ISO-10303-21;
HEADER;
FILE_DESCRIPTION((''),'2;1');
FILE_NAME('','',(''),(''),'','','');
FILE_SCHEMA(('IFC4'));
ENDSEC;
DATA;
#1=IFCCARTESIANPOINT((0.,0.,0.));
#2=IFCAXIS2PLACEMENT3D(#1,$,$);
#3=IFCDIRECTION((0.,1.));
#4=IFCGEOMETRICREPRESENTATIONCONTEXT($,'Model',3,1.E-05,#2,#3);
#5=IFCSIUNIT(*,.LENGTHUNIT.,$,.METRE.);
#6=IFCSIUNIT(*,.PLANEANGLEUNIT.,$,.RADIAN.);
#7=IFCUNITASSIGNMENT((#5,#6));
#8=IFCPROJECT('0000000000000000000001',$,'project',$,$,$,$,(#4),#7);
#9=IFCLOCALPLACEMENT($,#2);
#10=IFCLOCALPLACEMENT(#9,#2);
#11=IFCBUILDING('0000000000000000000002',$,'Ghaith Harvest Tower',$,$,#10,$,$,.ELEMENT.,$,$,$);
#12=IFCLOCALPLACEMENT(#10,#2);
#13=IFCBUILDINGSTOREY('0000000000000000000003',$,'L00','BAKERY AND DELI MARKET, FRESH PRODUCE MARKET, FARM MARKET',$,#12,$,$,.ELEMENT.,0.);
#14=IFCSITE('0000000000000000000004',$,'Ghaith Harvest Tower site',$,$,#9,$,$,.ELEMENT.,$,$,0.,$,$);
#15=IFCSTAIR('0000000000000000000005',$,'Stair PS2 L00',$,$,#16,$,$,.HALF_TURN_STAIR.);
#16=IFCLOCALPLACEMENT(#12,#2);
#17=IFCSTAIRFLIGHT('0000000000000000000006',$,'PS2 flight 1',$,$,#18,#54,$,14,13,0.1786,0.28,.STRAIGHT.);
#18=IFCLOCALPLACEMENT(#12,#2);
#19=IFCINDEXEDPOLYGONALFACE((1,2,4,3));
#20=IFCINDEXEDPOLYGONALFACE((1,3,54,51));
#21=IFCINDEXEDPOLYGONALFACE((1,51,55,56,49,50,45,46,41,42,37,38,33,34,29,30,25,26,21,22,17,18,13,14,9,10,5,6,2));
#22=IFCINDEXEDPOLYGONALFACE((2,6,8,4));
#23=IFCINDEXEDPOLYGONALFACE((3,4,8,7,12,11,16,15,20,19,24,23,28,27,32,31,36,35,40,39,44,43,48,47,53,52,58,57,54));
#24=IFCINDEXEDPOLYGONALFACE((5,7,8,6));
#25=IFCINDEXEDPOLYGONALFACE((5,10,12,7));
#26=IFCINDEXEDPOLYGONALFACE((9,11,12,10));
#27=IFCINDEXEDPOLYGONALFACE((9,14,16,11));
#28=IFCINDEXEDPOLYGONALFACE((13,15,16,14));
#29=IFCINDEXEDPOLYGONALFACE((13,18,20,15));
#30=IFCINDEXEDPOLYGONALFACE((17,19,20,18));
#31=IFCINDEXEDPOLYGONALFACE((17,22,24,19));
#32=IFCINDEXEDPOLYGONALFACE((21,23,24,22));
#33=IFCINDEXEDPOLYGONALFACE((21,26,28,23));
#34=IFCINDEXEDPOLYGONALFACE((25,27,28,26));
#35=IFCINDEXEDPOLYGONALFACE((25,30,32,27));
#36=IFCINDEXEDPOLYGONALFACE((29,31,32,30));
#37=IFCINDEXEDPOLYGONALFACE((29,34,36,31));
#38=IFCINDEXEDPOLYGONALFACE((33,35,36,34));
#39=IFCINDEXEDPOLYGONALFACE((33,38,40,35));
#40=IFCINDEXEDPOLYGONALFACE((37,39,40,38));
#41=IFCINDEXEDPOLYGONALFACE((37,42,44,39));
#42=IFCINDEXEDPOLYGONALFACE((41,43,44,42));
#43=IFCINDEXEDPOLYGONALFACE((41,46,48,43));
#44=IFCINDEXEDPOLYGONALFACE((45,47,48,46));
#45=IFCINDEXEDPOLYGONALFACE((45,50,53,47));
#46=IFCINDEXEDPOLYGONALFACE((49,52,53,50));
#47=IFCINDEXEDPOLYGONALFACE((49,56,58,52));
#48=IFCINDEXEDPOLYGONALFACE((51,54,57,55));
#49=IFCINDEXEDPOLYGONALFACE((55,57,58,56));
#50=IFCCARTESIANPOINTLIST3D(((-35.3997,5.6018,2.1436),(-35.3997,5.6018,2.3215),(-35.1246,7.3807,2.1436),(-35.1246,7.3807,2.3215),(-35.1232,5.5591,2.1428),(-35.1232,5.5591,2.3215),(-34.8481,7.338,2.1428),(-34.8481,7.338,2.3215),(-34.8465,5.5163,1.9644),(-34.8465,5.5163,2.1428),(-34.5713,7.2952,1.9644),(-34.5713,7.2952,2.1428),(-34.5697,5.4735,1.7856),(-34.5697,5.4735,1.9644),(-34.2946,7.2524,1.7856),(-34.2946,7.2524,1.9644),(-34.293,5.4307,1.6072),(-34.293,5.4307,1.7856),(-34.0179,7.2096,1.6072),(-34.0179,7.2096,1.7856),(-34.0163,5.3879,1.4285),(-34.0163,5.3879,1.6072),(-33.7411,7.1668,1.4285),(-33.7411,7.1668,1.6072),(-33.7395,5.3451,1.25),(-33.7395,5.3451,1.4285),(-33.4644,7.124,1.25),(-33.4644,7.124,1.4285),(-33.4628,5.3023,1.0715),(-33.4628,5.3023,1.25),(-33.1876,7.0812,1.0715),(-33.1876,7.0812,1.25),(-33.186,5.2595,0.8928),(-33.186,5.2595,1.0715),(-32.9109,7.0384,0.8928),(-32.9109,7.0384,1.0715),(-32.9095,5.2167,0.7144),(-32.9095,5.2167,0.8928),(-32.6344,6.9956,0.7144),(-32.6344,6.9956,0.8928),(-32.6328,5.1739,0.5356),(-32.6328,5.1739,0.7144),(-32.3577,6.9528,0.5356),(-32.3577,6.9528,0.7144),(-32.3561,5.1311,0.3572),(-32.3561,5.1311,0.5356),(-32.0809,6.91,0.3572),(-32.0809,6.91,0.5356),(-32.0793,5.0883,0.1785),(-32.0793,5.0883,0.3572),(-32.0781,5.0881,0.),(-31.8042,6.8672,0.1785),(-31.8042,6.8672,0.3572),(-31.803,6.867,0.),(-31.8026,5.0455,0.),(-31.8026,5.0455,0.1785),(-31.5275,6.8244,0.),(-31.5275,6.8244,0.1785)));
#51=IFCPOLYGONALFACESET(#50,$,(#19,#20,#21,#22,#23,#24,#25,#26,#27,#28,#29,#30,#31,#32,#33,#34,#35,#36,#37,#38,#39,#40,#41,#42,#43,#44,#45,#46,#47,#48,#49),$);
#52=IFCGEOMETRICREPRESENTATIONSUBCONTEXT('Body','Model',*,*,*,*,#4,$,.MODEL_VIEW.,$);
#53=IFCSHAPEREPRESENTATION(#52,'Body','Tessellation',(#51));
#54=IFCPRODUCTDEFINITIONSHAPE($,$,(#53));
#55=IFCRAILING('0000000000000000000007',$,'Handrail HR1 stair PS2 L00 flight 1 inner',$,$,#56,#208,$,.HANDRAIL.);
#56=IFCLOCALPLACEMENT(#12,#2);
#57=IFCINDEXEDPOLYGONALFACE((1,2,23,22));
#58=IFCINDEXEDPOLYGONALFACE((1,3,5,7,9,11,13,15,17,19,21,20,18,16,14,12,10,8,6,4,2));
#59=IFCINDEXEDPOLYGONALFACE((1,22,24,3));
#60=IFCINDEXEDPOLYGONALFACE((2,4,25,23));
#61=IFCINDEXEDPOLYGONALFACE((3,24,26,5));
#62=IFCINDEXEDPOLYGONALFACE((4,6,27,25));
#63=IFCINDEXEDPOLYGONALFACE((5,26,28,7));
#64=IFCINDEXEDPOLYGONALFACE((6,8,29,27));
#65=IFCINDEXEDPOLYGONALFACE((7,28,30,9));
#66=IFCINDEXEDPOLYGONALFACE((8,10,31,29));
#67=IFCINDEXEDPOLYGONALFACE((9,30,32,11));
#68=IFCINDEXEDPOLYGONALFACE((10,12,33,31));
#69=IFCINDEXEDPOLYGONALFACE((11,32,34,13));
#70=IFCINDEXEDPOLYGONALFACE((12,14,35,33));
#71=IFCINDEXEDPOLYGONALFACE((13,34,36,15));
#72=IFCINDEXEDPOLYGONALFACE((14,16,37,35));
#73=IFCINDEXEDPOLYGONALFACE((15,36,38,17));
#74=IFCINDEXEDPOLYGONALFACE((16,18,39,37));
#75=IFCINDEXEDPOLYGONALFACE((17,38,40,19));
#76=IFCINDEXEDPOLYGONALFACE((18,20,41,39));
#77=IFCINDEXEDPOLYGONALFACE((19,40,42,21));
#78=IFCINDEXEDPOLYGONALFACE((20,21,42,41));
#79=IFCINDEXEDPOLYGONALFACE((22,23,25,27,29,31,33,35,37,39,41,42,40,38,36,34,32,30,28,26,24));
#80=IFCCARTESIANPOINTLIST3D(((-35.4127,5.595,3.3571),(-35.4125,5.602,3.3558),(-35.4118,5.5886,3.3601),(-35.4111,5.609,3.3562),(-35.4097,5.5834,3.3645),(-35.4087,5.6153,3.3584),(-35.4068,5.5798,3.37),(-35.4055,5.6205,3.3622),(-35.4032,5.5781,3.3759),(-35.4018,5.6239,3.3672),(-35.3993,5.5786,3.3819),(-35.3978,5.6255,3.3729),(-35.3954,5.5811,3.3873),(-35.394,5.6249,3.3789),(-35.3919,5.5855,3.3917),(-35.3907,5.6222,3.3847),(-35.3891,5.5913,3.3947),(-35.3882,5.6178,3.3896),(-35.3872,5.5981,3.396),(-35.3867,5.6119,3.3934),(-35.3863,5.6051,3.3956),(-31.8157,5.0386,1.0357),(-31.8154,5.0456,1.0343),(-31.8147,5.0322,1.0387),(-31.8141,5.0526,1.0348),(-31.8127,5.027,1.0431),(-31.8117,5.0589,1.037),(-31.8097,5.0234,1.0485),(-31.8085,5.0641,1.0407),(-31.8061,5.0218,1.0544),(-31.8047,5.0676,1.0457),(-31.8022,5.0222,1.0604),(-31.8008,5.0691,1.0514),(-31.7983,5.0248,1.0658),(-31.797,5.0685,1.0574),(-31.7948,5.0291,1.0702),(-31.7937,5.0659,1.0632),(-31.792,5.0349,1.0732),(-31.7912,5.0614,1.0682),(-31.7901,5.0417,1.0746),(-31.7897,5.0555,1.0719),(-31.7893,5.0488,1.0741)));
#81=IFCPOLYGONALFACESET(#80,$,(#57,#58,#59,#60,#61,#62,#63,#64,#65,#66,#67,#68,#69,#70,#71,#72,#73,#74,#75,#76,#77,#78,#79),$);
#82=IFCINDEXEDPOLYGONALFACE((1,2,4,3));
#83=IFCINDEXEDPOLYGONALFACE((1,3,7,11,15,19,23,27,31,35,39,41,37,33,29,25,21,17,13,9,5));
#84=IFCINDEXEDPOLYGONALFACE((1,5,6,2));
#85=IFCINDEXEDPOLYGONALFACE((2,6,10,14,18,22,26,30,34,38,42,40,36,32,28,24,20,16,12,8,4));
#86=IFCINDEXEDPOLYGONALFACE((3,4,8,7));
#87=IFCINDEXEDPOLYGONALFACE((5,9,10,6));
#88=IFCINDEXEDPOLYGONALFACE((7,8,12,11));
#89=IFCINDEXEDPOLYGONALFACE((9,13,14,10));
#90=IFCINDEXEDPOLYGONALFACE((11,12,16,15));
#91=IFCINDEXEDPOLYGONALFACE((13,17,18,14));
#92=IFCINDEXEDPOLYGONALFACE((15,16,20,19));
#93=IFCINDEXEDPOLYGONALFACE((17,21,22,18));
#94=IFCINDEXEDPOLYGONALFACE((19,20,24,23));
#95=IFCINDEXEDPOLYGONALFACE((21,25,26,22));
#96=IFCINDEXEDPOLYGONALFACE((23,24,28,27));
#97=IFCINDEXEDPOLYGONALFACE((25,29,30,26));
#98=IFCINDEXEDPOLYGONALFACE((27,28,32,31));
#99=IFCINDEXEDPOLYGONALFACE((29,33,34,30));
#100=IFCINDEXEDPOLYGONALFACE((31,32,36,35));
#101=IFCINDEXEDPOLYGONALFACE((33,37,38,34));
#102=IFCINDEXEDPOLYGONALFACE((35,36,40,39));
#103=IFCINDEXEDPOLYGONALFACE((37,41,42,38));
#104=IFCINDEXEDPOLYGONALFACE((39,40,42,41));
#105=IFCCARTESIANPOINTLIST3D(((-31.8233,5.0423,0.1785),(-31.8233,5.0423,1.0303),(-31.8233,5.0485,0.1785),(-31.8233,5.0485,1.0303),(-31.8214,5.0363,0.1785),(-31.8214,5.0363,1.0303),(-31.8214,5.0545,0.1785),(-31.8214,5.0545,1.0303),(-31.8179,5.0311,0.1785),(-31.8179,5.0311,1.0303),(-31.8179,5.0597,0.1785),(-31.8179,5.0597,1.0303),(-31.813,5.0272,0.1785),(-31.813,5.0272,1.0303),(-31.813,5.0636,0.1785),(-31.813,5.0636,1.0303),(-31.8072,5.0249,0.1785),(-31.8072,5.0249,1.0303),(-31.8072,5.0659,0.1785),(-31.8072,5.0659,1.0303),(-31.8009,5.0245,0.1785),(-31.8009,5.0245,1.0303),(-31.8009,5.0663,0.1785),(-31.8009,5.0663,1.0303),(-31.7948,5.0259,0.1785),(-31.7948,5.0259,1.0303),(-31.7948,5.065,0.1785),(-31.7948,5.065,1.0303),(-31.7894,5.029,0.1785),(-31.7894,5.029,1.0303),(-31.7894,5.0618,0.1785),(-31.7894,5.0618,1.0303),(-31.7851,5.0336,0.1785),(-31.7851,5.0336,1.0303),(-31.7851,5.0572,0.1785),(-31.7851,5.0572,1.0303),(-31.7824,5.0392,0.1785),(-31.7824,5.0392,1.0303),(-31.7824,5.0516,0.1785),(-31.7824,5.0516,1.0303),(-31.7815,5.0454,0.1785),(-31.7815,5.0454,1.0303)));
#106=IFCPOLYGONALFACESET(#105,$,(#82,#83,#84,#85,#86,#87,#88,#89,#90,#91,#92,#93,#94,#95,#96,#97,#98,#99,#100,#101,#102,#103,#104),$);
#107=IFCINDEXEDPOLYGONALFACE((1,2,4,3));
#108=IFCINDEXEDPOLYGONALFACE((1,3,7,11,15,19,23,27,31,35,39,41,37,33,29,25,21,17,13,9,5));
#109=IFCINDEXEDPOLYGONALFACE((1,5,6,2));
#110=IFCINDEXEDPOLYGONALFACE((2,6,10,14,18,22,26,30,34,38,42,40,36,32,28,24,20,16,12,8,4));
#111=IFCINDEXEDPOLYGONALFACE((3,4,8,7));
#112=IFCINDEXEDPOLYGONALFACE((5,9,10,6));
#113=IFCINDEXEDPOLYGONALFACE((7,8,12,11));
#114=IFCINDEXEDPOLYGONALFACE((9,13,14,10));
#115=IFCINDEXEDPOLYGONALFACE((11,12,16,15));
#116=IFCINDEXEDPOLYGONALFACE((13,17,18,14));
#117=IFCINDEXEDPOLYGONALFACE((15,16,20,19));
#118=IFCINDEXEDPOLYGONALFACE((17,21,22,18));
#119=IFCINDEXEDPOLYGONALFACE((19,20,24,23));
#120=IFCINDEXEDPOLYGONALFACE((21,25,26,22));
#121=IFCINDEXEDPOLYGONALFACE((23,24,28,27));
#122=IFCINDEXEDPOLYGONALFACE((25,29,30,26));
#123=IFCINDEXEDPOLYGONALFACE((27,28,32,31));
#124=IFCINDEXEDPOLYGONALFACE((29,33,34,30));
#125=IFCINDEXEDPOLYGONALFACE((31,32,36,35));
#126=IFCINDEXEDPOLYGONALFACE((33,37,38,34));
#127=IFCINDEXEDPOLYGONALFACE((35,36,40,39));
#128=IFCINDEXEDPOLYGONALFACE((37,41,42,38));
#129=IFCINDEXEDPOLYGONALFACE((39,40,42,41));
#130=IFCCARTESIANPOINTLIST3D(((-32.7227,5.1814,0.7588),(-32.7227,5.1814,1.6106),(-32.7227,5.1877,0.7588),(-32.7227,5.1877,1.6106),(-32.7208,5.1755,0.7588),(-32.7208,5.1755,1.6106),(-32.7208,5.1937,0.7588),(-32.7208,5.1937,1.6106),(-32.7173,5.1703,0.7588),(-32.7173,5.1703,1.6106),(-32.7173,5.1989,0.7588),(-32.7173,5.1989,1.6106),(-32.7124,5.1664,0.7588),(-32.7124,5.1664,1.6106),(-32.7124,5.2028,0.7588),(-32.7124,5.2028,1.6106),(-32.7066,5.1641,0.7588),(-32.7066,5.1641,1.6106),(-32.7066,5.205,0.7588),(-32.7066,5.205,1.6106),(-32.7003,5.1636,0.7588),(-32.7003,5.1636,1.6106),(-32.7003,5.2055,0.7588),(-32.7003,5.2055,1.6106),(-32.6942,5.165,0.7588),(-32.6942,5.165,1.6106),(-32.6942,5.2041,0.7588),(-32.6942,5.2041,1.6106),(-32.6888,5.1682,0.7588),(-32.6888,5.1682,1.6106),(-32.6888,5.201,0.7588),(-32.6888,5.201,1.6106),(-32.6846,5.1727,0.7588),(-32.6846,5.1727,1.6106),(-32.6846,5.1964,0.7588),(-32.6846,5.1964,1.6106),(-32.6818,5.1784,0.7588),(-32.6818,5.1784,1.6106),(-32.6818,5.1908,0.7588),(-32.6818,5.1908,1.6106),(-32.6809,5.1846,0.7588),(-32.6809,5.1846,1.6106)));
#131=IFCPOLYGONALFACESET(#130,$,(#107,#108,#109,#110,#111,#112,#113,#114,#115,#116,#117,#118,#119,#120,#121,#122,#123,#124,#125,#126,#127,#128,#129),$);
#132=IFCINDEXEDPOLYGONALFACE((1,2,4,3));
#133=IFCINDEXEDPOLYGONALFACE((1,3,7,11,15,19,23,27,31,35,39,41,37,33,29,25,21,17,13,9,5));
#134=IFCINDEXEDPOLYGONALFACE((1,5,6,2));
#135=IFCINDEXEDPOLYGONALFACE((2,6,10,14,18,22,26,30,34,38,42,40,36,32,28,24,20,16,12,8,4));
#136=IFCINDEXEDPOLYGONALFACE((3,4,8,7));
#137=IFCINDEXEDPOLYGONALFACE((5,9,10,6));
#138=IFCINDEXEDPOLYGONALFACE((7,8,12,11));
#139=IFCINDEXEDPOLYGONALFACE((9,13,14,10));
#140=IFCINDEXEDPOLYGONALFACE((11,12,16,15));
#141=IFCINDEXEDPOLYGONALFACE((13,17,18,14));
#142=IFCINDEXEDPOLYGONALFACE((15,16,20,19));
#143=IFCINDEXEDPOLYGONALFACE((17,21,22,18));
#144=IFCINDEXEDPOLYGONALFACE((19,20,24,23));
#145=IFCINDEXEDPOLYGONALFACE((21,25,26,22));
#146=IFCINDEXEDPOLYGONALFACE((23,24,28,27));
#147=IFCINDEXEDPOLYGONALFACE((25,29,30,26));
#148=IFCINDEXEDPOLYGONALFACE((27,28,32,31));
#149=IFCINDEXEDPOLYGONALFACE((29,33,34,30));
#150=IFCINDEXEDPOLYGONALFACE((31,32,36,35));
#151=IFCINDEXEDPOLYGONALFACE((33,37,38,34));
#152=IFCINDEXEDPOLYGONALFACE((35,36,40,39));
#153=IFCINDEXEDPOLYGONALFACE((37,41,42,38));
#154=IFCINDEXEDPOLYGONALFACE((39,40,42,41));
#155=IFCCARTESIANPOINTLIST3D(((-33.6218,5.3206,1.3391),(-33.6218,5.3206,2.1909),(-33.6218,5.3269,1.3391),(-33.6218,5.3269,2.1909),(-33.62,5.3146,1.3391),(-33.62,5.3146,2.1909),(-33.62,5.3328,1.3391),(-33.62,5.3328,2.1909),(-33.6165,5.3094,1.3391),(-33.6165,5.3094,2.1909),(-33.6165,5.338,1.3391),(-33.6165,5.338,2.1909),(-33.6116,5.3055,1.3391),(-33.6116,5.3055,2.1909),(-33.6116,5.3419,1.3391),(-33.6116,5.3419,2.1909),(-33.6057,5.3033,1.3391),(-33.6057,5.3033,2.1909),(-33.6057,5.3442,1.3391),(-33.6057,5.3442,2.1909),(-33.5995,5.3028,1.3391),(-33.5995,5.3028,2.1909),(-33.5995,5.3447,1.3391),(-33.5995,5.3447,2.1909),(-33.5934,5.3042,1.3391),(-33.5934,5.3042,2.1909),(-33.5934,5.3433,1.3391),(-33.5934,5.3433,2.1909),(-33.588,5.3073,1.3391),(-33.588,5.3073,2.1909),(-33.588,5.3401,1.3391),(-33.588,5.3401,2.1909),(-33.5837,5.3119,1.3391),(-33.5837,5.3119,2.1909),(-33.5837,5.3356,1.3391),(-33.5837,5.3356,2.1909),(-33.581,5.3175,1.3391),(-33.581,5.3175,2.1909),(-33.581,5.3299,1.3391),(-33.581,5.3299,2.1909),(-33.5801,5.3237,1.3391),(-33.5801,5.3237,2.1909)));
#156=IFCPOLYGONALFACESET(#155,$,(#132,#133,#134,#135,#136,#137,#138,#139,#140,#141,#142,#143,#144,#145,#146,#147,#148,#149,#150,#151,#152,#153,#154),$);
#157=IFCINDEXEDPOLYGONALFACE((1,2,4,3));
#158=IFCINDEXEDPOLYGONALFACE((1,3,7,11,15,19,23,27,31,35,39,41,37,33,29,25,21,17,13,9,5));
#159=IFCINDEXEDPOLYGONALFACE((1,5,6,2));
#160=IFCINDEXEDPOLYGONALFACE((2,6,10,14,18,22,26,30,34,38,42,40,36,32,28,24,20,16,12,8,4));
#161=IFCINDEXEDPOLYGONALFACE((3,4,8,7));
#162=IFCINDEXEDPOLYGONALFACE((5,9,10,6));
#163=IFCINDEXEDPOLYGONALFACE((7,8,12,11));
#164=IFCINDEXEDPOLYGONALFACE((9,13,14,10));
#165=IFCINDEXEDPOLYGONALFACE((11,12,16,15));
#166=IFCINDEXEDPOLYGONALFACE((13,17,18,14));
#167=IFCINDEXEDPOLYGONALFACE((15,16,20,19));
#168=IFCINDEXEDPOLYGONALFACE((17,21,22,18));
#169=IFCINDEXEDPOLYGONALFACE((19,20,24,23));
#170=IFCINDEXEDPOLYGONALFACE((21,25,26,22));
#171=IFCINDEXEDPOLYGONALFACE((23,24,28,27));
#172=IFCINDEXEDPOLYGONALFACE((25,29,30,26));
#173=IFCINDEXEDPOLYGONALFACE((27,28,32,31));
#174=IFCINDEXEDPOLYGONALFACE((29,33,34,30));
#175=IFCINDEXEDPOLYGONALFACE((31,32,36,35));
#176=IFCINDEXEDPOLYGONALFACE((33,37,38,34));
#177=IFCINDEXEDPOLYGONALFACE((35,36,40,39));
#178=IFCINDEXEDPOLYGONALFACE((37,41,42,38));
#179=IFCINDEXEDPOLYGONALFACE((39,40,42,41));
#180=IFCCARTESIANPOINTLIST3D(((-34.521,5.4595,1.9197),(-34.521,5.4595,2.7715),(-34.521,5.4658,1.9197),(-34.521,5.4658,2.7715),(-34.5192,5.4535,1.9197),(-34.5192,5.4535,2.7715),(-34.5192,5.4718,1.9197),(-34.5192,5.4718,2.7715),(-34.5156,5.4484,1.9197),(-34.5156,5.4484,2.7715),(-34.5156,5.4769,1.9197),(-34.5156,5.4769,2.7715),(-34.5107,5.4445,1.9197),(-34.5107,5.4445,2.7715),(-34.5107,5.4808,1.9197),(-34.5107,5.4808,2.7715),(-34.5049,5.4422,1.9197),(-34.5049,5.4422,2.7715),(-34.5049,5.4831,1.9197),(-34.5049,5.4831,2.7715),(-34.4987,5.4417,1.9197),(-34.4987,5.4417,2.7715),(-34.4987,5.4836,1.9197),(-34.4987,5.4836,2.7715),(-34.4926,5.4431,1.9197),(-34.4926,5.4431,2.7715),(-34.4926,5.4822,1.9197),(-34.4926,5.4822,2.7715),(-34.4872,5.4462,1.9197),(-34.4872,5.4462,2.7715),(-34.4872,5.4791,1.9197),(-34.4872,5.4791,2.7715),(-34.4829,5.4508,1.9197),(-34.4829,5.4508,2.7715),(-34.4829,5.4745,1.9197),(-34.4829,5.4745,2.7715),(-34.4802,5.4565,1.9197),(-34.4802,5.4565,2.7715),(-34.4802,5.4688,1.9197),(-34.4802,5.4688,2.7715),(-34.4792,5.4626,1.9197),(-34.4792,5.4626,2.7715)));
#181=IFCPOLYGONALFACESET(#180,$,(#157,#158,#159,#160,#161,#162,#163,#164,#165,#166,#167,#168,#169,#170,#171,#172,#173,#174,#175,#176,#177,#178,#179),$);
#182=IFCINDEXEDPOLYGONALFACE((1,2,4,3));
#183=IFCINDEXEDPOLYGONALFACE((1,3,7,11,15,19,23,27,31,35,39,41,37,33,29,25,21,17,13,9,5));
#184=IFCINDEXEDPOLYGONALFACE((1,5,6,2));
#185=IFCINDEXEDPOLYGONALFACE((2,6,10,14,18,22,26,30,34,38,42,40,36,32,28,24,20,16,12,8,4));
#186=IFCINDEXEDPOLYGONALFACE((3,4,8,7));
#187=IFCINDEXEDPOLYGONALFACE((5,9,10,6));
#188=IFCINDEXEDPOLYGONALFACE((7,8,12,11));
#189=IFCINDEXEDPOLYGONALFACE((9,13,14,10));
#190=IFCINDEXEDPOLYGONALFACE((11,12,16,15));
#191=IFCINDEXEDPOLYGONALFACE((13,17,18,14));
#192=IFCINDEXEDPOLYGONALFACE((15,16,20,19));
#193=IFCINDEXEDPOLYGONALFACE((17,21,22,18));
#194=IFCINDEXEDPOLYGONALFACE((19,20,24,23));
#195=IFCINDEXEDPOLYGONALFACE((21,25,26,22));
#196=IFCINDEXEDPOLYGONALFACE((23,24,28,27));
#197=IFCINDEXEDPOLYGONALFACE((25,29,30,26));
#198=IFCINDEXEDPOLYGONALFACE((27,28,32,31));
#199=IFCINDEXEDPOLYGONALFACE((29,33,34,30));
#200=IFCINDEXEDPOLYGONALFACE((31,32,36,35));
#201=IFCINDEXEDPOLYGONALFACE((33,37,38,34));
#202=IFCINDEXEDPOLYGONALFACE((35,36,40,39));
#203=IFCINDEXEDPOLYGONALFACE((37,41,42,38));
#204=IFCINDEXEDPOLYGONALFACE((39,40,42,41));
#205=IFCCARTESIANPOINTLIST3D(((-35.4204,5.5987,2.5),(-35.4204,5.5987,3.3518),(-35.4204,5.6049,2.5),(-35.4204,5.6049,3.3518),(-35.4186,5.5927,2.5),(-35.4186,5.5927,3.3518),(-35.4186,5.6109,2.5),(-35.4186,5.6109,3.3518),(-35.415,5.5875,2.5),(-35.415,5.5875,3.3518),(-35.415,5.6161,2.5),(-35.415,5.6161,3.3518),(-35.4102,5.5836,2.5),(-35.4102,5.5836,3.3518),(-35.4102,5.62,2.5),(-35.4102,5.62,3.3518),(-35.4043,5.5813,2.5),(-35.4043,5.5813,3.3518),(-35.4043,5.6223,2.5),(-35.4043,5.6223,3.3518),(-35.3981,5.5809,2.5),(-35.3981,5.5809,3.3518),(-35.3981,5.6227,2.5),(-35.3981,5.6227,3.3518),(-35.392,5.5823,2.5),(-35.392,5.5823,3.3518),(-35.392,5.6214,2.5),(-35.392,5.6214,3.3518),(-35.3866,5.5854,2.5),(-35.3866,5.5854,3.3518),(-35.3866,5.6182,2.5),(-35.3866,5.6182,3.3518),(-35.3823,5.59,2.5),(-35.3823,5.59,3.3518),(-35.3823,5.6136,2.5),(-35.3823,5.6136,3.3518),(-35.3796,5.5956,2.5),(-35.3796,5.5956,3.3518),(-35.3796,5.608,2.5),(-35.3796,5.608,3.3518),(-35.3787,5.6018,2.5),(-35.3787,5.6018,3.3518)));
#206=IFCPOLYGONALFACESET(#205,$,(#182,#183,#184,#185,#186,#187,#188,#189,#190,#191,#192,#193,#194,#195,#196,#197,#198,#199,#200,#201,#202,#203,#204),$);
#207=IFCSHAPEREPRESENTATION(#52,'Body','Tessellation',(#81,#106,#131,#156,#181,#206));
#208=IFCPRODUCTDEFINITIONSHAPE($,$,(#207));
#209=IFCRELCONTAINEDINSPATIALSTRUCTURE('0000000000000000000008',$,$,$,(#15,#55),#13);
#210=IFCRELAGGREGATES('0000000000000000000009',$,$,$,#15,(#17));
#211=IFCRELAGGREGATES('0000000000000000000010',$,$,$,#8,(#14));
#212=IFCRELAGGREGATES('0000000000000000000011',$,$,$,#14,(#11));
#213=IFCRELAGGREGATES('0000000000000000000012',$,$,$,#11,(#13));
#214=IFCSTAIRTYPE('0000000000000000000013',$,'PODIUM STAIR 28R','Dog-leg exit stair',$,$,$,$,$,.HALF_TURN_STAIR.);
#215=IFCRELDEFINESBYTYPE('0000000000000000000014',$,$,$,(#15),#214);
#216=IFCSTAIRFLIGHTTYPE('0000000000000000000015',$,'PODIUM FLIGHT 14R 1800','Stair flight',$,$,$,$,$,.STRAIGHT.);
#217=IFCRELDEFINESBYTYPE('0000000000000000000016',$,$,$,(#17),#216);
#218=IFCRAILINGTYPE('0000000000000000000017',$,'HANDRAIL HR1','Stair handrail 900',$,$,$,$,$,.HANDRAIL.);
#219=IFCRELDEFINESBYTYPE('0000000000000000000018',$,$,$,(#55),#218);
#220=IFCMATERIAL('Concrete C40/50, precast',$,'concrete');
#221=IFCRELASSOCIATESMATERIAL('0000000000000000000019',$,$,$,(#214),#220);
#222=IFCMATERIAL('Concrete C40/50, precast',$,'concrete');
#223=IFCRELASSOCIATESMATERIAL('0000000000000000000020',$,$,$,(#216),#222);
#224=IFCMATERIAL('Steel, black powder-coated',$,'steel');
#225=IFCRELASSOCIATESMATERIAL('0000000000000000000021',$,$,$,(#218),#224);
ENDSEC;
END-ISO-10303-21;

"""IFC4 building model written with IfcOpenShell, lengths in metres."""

from ifc_helpers import new_model, si_unit, direction, frame, origin, origin_2d, place, context, subcontext, project, spatial, polyline, circle, outline, extrude, material, type_object, element, aggregate, save


model = new_model("IFC4")

# Units and contexts
model_context = context("Model", 3, precision=1e-05, world=origin(), true_north=direction((0.0, 1.0)))
body_context = subcontext(model_context, "Body", "Model", "MODEL_VIEW")
ifc_project = project(units=[si_unit("LENGTHUNIT", "METRE"), si_unit("PLANEANGLEUNIT", "RADIAN")], contexts=[model_context])

# Site, building, storey
site_placement = place(None, origin())
site = spatial("IfcSite", under=ifc_project, at=site_placement, Name="Ghaith Harvest Tower site", CompositionType="ELEMENT", RefElevation=0.0)
building_placement = place(site_placement, origin())
building = spatial("IfcBuilding", under=site, at=building_placement, Name="Ghaith Harvest Tower", CompositionType="ELEMENT")
storey_placement = place(building_placement, origin())
storey = spatial("IfcBuildingStorey", under=building, at=storey_placement, Name="L00", Description="BAKERY AND DELI MARKET, FRESH PRODUCE MARKET, FARM MARKET", CompositionType="ELEMENT", Elevation=0.0)

# Stair, stair flight
ifc_material_1 = material(Name="Concrete C40/50, precast", Category="concrete")
stair_type = type_object("IfcStairType", Name="PODIUM STAIR 28R", Description="Dog-leg exit stair", PredefinedType="HALF_TURN_STAIR", material=ifc_material_1)
stair_placement = place(storey_placement, origin())
stair = element("IfcStair", 1, at=stair_placement, inside=storey, type_object=stair_type, Name="Stair PS2 L00", PredefinedType="HALF_TURN_STAIR")
ifc_material_2 = material(Name="Concrete C40/50, precast", Category="concrete")
stair_flight_type = type_object("IfcStairFlightType", Name="PODIUM FLIGHT 14R 1800", Description="Stair flight", PredefinedType="STRAIGHT", material=ifc_material_2)
stair_flight_placement = place(storey_placement, frame((-31.665, 5.9348, 0.0), z_axis=(0.0, 0.0, 1.0), x_axis=(-0.988249, 0.152851, 0.0)))
stair_flight = element("IfcStairFlight", 2, at=stair_flight_placement, type_object=stair_flight_type, Name="PS2 flight 1", NumberOfRisers=14, NumberOfTreads=13, PredefinedType="STRAIGHT", RiserHeight=0.1786, TreadLength=0.28, context=body_context, shape_type="SweptSolid", body=[
    extrude(outline(polyline([(0.0, 0.0), (0.0, 0.1785), (0.28, 0.1785), (0.28, 0.3572), (0.5601, 0.3572), (0.5601, 0.5356), (0.8401, 0.5356), (0.8401, 0.7144), (1.1201, 0.7144), (1.1201, 0.8928), (1.3999, 0.8928), (1.3999, 1.0715), (1.6799, 1.0715), (1.6799, 1.25), (1.96, 1.25), (1.96, 1.4285), (2.24, 1.4285), (2.24, 1.6072), (2.52, 1.6072), (2.52, 1.7856), (2.8, 1.7856), (2.8, 1.9644), (3.0801, 1.9644), (3.0801, 2.1428), (3.3601, 2.1428), (3.3601, 2.3215), (3.6399, 2.3215), (3.6399, 2.5), (3.6399, 2.1436), (0.2788, 0.0), (0.0, 0.0)])), frame((0.0, 0.8999, 0.0), z_axis=(0.0, -1.0, 0.0), x_axis=(1.0, 0.0, 0.0)), (0.0, 0.0, 1.0), 1.8),
])
aggregate(stair, [stair_flight])

# Railing
ifc_material_3 = material(Name="Steel, black powder-coated", Category="steel")
railing_type = type_object("IfcRailingType", Name="HANDRAIL HR1", Description="Stair handrail 900", PredefinedType="HANDRAIL", material=ifc_material_3)
railing_1_placement = place(storey_placement, frame((-31.8025, 5.0454, 0.1785)))
element("IfcRailing", 3, at=railing_1_placement, inside=storey, type_object=railing_type, Name="Handrail HR1 stair PS2 L00 flight 1 inner", PredefinedType="HANDRAIL", context=body_context, shape_type="SweptSolid", body=[
    extrude(circle(Radius=0.0239, at=origin_2d()), frame((0.0, 0.0, 0.876), z_axis=(-0.833207, 0.128877, 0.537733), x_axis=(-0.152859, -0.988248, 0.0)), (0.0, 0.0, 1.0), 4.3171),
    extrude(circle(Radius=0.021, at=origin_2d()), origin(), (0.0, 0.0, 1.0), 0.8518),
    extrude(circle(Radius=0.021, at=origin_2d()), frame((-0.8994, 0.1392, 0.5803)), (0.0, 0.0, 1.0), 0.8518),
    extrude(circle(Radius=0.021, at=origin_2d()), frame((-1.7986, 0.2783, 1.1606)), (0.0, 0.0, 1.0), 0.8518),
    extrude(circle(Radius=0.021, at=origin_2d()), frame((-2.6978, 0.4172, 1.7412)), (0.0, 0.0, 1.0), 0.8518),
    extrude(circle(Radius=0.021, at=origin_2d()), frame((-3.5972, 0.5564, 2.3215)), (0.0, 0.0, 1.0), 0.8518),
])

save(model, "model.ifc")
